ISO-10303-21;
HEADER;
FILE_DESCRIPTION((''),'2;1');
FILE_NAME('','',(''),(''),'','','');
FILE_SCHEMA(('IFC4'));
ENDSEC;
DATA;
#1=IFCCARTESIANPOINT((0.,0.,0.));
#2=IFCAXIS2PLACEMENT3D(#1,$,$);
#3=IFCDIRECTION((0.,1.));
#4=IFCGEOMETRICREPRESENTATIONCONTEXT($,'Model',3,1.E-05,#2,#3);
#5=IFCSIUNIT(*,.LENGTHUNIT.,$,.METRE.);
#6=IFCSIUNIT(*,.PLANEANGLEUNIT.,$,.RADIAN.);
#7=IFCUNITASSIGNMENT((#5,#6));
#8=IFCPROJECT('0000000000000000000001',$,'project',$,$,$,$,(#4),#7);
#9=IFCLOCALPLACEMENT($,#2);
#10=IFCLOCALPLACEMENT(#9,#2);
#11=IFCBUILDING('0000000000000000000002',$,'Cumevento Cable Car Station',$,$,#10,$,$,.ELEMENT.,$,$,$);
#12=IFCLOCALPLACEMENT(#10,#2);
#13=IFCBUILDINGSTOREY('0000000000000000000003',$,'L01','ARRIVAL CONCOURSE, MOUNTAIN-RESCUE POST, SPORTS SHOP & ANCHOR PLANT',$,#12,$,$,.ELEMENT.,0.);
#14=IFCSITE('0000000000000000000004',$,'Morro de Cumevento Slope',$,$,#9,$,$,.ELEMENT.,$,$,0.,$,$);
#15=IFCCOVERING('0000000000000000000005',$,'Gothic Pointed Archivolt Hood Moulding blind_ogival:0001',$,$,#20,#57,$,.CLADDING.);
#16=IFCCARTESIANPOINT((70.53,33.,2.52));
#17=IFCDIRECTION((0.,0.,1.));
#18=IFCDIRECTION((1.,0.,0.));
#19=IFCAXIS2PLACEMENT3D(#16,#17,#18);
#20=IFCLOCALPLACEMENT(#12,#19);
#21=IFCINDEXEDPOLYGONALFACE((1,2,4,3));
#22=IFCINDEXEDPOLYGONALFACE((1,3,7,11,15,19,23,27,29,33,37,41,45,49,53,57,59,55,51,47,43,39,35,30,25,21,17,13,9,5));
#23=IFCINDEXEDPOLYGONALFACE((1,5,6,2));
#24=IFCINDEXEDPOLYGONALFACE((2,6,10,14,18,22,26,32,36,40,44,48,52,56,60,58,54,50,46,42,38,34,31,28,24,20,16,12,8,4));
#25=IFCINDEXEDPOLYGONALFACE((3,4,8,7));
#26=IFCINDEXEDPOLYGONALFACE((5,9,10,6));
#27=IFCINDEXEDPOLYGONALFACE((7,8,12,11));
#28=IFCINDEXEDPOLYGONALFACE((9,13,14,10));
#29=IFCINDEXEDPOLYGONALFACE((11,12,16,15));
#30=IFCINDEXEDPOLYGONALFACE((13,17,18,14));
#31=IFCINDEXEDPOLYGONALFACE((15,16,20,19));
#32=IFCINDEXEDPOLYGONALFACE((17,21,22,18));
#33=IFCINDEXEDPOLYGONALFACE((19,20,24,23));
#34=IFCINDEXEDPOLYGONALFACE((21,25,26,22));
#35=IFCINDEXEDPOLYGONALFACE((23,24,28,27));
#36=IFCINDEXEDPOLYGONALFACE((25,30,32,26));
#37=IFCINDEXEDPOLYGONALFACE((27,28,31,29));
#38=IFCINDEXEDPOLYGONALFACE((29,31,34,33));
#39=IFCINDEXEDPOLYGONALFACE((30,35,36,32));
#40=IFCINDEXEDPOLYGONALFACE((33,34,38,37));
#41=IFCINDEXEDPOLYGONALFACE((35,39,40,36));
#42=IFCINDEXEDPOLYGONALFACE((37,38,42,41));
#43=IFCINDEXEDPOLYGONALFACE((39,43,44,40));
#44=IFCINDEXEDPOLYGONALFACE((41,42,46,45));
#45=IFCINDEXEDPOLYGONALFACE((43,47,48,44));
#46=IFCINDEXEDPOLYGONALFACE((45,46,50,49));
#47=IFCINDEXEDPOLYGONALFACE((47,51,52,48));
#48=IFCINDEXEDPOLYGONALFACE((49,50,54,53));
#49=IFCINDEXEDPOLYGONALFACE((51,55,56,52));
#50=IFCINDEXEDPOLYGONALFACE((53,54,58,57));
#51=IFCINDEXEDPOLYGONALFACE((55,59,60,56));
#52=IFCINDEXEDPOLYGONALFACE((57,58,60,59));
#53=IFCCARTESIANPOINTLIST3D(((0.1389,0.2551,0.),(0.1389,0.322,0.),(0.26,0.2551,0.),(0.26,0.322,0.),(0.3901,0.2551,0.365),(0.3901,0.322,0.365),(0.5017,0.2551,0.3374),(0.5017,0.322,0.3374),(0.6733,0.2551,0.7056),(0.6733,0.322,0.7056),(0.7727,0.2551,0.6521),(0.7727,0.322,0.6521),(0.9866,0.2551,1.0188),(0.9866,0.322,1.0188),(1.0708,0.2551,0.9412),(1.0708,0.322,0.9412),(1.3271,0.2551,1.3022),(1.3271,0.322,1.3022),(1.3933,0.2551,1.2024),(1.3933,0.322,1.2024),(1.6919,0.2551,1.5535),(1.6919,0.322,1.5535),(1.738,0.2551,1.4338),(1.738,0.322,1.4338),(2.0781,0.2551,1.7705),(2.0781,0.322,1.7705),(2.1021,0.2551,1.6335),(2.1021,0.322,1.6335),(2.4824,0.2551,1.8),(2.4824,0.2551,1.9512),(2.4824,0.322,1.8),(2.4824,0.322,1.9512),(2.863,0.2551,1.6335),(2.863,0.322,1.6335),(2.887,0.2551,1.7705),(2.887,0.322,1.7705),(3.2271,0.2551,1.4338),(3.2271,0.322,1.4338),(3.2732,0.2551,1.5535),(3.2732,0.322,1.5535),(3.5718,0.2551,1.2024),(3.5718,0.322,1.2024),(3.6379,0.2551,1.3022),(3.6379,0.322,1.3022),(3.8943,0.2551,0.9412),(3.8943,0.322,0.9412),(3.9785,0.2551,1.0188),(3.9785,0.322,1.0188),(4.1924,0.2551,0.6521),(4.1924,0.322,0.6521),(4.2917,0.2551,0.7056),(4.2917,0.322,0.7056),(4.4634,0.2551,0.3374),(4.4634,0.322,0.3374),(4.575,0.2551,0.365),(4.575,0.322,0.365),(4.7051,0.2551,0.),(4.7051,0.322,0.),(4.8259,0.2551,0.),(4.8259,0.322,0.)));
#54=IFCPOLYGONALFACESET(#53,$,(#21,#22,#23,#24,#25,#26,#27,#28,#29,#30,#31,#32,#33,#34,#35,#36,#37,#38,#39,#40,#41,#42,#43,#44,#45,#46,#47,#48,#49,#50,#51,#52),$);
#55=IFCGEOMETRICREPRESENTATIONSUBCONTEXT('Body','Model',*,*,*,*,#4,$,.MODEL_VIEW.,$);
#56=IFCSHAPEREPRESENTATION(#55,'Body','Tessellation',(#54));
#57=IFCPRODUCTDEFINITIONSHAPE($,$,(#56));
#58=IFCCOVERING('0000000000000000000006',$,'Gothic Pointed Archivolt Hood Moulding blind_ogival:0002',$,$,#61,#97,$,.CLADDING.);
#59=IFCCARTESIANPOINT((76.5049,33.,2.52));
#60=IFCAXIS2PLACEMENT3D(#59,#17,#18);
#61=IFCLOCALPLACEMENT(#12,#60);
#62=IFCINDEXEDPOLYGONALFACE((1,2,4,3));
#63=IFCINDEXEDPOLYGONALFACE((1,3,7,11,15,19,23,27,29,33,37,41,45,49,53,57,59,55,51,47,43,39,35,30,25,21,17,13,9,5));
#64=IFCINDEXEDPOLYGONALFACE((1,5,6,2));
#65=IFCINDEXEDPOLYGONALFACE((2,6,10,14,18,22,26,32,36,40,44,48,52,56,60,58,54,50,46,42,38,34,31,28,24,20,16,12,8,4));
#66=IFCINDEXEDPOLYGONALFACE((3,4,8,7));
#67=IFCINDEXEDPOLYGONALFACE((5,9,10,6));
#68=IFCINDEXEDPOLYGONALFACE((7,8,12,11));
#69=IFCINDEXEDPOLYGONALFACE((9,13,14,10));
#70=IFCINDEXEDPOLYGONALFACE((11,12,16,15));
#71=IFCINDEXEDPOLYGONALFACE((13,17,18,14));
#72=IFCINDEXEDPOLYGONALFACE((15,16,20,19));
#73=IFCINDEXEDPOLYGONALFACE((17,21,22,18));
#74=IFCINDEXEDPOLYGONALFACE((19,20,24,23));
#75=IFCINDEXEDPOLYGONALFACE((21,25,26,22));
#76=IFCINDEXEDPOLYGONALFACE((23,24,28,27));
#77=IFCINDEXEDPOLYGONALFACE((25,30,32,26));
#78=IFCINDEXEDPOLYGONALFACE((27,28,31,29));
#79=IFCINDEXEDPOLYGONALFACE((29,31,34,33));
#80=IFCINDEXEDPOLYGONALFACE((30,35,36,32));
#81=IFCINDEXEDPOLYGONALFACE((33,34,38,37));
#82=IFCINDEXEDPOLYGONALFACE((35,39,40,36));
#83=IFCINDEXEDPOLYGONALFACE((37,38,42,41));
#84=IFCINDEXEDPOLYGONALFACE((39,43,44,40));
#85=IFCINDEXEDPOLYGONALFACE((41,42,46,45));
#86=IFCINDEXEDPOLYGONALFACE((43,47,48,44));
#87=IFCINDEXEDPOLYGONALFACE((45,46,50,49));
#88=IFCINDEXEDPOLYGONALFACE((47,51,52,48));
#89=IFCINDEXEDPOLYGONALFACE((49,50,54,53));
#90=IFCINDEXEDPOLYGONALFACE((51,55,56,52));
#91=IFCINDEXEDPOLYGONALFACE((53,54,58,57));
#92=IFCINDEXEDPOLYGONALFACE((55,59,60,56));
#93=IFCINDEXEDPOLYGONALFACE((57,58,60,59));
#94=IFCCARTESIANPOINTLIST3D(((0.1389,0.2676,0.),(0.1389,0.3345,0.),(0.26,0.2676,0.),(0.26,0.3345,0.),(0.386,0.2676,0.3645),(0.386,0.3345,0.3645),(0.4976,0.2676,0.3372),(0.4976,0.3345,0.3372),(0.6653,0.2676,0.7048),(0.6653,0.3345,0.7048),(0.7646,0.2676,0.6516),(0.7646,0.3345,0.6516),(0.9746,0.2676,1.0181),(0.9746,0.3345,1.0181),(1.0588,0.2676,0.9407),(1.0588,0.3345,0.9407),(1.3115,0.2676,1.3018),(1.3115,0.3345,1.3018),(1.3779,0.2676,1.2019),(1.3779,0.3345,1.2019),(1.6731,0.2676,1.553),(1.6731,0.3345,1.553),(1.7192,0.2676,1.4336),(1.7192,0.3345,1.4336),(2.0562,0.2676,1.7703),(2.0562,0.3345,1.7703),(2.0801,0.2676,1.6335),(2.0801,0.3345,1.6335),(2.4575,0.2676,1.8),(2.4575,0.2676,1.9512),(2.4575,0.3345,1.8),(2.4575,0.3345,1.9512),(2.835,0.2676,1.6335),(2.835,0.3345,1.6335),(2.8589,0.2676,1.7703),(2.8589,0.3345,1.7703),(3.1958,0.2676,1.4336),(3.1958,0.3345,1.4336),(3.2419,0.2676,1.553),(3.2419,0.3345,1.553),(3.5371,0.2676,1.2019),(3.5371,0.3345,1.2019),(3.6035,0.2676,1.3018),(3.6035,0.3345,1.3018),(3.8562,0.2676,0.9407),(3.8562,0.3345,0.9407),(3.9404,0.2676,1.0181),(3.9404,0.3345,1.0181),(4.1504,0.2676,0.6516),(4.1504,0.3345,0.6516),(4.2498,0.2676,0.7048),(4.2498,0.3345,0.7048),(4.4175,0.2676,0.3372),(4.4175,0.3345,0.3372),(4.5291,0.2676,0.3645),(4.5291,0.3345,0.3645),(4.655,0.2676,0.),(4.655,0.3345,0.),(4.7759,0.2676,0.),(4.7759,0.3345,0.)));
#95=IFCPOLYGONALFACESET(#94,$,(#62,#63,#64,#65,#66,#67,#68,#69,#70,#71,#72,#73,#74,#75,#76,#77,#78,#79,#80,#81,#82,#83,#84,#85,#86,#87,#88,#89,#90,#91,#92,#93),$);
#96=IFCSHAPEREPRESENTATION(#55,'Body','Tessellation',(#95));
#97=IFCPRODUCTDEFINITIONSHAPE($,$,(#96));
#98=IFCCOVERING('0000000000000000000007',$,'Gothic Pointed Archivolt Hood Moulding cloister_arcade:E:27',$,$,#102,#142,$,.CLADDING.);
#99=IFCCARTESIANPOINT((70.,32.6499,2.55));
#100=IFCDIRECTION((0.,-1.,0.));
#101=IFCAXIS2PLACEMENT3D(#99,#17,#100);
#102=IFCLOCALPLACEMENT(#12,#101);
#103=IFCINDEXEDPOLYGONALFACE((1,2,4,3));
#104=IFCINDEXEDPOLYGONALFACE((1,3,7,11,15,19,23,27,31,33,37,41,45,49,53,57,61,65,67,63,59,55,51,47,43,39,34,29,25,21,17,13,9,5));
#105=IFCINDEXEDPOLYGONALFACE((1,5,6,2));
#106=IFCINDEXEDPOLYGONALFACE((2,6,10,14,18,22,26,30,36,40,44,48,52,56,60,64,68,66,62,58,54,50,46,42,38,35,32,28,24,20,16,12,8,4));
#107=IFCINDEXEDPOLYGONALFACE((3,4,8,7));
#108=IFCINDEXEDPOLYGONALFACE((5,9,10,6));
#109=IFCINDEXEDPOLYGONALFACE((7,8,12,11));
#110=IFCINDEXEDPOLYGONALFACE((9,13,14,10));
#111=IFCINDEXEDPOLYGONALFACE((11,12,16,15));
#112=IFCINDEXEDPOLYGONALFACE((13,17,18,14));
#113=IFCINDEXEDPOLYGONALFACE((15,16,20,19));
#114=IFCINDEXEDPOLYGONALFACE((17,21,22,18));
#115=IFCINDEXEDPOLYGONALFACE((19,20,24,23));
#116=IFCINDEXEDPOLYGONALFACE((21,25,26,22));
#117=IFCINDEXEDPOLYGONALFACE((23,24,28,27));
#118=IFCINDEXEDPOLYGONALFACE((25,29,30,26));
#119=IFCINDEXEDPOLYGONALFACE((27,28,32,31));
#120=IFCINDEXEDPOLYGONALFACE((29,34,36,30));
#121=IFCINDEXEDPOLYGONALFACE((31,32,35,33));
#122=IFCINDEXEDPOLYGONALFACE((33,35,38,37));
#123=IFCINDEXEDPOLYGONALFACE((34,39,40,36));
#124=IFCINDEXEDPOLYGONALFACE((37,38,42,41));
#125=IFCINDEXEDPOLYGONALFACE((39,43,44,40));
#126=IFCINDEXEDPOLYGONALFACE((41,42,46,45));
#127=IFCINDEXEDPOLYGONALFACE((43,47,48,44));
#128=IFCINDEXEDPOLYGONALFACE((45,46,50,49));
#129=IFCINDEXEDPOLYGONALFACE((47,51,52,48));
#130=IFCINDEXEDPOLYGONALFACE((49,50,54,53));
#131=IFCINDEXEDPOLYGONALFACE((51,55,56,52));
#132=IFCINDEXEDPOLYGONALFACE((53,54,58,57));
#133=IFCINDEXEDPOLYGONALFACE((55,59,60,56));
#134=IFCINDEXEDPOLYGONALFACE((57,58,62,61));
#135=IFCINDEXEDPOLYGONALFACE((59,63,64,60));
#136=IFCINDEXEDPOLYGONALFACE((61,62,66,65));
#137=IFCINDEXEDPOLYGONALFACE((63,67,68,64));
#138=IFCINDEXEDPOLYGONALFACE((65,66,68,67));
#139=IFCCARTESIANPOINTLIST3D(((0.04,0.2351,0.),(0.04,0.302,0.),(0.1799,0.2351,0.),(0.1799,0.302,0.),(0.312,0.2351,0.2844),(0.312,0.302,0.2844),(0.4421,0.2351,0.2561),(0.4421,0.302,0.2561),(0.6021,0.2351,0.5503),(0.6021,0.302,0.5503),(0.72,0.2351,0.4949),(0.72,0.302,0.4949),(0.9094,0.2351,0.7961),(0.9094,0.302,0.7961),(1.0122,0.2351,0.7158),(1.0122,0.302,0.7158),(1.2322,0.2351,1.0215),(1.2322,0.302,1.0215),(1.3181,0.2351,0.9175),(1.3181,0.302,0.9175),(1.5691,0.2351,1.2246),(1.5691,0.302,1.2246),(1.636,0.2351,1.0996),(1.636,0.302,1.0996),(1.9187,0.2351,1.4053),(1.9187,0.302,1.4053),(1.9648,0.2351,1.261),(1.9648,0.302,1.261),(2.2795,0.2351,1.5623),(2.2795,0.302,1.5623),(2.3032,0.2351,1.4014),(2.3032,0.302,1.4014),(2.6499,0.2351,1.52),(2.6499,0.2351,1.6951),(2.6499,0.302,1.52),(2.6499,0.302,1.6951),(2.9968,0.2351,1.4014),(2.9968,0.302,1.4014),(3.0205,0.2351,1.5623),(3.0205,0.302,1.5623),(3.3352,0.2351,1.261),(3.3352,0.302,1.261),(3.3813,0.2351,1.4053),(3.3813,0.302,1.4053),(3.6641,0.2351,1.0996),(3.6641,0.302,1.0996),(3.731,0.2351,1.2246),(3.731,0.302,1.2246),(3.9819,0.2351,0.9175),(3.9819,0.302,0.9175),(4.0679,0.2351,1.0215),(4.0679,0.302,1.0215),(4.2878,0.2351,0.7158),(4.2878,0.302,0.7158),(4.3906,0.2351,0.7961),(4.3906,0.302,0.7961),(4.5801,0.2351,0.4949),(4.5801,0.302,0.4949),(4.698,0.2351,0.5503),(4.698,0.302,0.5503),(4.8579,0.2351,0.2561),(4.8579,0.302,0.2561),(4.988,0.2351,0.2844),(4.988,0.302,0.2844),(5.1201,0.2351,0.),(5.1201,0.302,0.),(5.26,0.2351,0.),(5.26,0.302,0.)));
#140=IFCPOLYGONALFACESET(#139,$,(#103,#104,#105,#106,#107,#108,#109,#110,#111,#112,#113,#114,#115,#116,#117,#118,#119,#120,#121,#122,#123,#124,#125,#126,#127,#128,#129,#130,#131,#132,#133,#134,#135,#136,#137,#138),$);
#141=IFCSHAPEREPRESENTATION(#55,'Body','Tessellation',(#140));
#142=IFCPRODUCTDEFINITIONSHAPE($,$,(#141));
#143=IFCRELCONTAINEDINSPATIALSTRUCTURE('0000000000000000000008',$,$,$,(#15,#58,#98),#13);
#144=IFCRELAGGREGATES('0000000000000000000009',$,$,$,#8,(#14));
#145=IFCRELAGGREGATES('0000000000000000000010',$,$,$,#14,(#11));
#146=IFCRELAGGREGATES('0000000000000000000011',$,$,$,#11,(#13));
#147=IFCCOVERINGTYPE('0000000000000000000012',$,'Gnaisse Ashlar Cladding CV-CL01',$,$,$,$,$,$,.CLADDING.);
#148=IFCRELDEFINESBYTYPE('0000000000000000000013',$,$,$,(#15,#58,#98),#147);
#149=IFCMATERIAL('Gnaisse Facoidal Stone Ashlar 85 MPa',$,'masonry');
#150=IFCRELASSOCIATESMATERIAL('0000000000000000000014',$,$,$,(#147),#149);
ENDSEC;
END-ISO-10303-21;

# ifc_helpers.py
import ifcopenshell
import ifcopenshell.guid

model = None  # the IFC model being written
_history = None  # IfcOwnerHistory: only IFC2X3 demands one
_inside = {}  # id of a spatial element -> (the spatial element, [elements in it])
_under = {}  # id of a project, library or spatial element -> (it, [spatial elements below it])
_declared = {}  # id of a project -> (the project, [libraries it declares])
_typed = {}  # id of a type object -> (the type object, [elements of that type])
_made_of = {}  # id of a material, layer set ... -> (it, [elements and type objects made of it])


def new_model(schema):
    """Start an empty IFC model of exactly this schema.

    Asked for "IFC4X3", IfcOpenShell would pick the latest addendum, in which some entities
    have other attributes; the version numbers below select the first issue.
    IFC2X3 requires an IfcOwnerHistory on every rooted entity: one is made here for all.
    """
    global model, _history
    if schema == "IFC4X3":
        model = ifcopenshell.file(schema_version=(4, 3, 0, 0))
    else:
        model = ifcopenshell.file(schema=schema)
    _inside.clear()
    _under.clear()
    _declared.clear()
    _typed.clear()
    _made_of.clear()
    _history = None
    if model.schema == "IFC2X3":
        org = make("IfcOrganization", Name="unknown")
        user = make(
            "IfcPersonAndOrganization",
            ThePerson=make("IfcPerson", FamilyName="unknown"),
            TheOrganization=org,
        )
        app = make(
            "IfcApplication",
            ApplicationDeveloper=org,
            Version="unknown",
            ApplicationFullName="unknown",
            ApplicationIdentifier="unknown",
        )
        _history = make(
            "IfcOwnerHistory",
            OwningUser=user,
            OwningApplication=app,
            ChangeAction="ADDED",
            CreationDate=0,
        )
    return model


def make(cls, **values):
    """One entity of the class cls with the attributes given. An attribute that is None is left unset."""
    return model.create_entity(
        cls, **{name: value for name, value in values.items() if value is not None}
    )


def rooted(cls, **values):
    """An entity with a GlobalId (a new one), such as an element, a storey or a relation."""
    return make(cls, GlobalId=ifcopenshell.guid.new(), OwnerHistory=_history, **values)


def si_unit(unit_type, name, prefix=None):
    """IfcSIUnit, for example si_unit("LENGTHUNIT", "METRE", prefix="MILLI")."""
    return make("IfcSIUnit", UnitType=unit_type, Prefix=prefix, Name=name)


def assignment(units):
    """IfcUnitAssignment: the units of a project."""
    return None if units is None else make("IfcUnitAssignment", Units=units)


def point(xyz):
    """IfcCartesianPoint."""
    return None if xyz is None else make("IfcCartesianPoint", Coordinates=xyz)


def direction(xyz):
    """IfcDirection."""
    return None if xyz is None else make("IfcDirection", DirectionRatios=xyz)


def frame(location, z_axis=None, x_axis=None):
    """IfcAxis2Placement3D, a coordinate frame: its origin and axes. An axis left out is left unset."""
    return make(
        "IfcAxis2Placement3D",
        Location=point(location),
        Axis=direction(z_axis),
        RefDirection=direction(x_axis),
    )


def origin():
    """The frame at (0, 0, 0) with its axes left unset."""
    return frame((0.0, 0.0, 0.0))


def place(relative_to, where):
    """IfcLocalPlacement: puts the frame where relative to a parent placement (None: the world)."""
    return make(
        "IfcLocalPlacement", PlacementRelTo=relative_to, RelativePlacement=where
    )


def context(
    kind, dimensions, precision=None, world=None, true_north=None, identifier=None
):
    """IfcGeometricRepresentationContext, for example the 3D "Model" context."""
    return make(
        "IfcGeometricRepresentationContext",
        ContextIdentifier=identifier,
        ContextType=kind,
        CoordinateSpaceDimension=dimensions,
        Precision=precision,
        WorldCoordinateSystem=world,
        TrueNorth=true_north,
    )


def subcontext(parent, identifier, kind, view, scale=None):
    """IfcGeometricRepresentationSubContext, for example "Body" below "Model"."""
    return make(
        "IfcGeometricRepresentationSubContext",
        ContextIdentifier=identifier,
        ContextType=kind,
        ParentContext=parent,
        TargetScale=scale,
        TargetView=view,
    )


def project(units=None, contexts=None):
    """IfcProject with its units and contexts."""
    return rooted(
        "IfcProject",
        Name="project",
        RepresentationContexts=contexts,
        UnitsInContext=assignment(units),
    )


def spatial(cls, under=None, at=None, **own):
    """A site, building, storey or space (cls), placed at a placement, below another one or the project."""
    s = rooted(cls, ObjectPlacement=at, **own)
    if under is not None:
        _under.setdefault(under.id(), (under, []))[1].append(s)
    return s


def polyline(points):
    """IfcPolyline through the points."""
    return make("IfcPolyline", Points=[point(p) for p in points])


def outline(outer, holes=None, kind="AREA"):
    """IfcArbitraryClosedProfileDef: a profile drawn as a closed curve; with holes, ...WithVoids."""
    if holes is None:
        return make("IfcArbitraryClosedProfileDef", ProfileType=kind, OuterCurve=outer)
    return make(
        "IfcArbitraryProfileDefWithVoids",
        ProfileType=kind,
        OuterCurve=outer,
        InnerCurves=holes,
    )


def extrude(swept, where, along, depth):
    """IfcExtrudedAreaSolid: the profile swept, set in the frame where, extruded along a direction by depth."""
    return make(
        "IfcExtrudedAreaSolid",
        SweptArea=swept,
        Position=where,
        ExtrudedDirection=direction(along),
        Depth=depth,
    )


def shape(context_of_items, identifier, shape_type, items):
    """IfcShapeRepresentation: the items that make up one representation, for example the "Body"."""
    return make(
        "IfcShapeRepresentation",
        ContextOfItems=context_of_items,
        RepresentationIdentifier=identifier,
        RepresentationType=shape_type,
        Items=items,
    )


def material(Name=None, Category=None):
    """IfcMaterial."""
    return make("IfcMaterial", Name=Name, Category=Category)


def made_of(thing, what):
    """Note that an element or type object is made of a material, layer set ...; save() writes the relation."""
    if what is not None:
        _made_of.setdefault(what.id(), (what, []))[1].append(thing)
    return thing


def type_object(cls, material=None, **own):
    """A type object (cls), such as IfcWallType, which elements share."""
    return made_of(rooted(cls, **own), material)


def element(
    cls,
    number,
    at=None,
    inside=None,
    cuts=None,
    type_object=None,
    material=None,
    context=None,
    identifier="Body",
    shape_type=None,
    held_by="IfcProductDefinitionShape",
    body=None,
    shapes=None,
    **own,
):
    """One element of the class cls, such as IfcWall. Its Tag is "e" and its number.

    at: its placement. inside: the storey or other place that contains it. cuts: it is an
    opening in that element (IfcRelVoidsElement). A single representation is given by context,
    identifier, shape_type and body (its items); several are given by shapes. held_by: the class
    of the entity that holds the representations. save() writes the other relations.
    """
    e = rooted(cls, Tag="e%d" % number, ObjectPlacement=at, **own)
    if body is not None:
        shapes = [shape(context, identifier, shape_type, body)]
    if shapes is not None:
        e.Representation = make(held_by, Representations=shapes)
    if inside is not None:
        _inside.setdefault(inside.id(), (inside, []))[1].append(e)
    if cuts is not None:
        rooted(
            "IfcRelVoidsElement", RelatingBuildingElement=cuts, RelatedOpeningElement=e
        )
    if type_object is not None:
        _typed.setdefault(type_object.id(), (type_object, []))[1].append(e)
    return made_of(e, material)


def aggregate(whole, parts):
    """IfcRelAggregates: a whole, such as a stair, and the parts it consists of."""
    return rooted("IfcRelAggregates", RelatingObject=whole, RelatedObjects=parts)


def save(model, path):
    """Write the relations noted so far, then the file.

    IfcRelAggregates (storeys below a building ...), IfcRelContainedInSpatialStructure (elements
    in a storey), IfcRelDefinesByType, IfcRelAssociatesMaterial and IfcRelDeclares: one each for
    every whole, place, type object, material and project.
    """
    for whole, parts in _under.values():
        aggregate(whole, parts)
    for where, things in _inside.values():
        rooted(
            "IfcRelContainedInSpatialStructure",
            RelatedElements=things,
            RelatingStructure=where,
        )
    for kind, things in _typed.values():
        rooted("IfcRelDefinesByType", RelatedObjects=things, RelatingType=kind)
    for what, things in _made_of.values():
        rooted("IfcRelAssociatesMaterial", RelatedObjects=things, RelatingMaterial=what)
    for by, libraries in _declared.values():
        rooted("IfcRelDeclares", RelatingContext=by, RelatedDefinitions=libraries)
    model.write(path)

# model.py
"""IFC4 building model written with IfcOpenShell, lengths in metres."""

from ifc_helpers import new_model, si_unit, direction, frame, origin, place, context, subcontext, project, spatial, polyline, outline, extrude, material, type_object, element, save


model = new_model("IFC4")

# Units and contexts
model_context = context("Model", 3, precision=1e-05, world=origin(), true_north=direction((0.0, 1.0)))
body_context = subcontext(model_context, "Body", "Model", "MODEL_VIEW")
ifc_project = project(units=[si_unit("LENGTHUNIT", "METRE"), si_unit("PLANEANGLEUNIT", "RADIAN")], contexts=[model_context])

# Site, building, storey
site_placement = place(None, origin())
site = spatial("IfcSite", under=ifc_project, at=site_placement, Name="Morro de Cumevento Slope", CompositionType="ELEMENT", RefElevation=0.0)
building_placement = place(site_placement, origin())
building = spatial("IfcBuilding", under=site, at=building_placement, Name="Cumevento Cable Car Station", CompositionType="ELEMENT")
storey_placement = place(building_placement, origin())
storey = spatial("IfcBuildingStorey", under=building, at=storey_placement, Name="L01", Description="ARRIVAL CONCOURSE, MOUNTAIN-RESCUE POST, SPORTS SHOP & ANCHOR PLANT", CompositionType="ELEMENT", Elevation=0.0)

# Coverings
ifc_material_1 = material(Name="Gnaisse Facoidal Stone Ashlar 85 MPa", Category="masonry")
covering_type = type_object("IfcCoveringType", Name="Gnaisse Ashlar Cladding CV-CL01", PredefinedType="CLADDING", material=ifc_material_1)
covering_1_placement = place(storey_placement, frame((70.53, 33.0, 2.52), z_axis=(0.0, 0.0, 1.0), x_axis=(1.0, 0.0, 0.0)))
element("IfcCovering", 1, at=covering_1_placement, inside=storey, type_object=covering_type, Name="Gothic Pointed Archivolt Hood Moulding blind_ogival:0001", PredefinedType="CLADDING", context=body_context, shape_type="SweptSolid", body=[
    extrude(outline(polyline([(0.26, 0.0), (0.5017, 0.3374), (0.7727, 0.6521), (1.0708, 0.9412), (1.3933, 1.2024), (1.738, 1.4338), (2.1021, 1.6335), (2.4824, 1.8), (2.863, 1.6335), (3.2271, 1.4338), (3.5718, 1.2024), (3.8943, 0.9412), (4.1924, 0.6521), (4.4634, 0.3374), (4.7051, 0.0), (4.8259, 0.0), (4.575, 0.365), (4.2917, 0.7056), (3.9785, 1.0188), (3.6379, 1.3022), (3.2732, 1.5535), (2.887, 1.7705), (2.4824, 1.9512), (2.0781, 1.7705), (1.6919, 1.5535), (1.3271, 1.3022), (0.9866, 1.0188), (0.6733, 0.7056), (0.3901, 0.365), (0.1389, 0.0), (0.26, 0.0)])), frame((0.0, 0.322, 0.0), z_axis=(0.0, -1.0, 0.0), x_axis=(1.0, 0.0, 0.0)), (0.0, 0.0, 1.0), 0.0669),
])
covering_2_placement = place(storey_placement, frame((76.5049, 33.0, 2.52), z_axis=(0.0, 0.0, 1.0), x_axis=(1.0, 0.0, 0.0)))
element("IfcCovering", 2, at=covering_2_placement, inside=storey, type_object=covering_type, Name="Gothic Pointed Archivolt Hood Moulding blind_ogival:0002", PredefinedType="CLADDING", context=body_context, shape_type="SweptSolid", body=[
    extrude(outline(polyline([(0.26, 0.0), (0.4976, 0.3372), (0.7646, 0.6516), (1.0588, 0.9407), (1.3779, 1.2019), (1.7192, 1.4336), (2.0801, 1.6335), (2.4575, 1.8), (2.835, 1.6335), (3.1958, 1.4336), (3.5371, 1.2019), (3.8562, 0.9407), (4.1504, 0.6516), (4.4175, 0.3372), (4.655, 0.0), (4.7759, 0.0), (4.5291, 0.3645), (4.2498, 0.7048), (3.9404, 1.0181), (3.6035, 1.3018), (3.2419, 1.553), (2.8589, 1.7703), (2.4575, 1.9512), (2.0562, 1.7703), (1.6731, 1.553), (1.3115, 1.3018), (0.9746, 1.0181), (0.6653, 0.7048), (0.386, 0.3645), (0.1389, 0.0), (0.26, 0.0)])), frame((0.0, 0.3345, 0.0), z_axis=(0.0, -1.0, 0.0), x_axis=(1.0, 0.0, 0.0)), (0.0, 0.0, 1.0), 0.0669),
])
covering_3_placement = place(storey_placement, frame((70.0, 32.6499, 2.55), z_axis=(0.0, 0.0, 1.0), x_axis=(0.0, -1.0, 0.0)))
element("IfcCovering", 3, at=covering_3_placement, inside=storey, type_object=covering_type, Name="Gothic Pointed Archivolt Hood Moulding cloister_arcade:E:27", PredefinedType="CLADDING", context=body_context, shape_type="SweptSolid", body=[
    extrude(outline(polyline([(0.1799, 0.0), (0.4421, 0.2561), (0.72, 0.4949), (1.0122, 0.7158), (1.3181, 0.9175), (1.636, 1.0996), (1.9648, 1.261), (2.3032, 1.4014), (2.6499, 1.52), (2.9968, 1.4014), (3.3352, 1.261), (3.6641, 1.0996), (3.9819, 0.9175), (4.2878, 0.7158), (4.5801, 0.4949), (4.8579, 0.2561), (5.1201, 0.0), (5.26, 0.0), (4.988, 0.2844), (4.698, 0.5503), (4.3906, 0.7961), (4.0679, 1.0215), (3.731, 1.2246), (3.3813, 1.4053), (3.0205, 1.5623), (2.6499, 1.6951), (2.2795, 1.5623), (1.9187, 1.4053), (1.5691, 1.2246), (1.2322, 1.0215), (0.9094, 0.7961), (0.6021, 0.5503), (0.312, 0.2844), (0.04, 0.0), (0.1799, 0.0)])), frame((0.0, 0.302, 0.0), z_axis=(0.0, -1.0, 0.0), x_axis=(1.0, 0.0, 0.0)), (0.0, 0.0, 1.0), 0.0669),
])

save(model, "model.ifc")
